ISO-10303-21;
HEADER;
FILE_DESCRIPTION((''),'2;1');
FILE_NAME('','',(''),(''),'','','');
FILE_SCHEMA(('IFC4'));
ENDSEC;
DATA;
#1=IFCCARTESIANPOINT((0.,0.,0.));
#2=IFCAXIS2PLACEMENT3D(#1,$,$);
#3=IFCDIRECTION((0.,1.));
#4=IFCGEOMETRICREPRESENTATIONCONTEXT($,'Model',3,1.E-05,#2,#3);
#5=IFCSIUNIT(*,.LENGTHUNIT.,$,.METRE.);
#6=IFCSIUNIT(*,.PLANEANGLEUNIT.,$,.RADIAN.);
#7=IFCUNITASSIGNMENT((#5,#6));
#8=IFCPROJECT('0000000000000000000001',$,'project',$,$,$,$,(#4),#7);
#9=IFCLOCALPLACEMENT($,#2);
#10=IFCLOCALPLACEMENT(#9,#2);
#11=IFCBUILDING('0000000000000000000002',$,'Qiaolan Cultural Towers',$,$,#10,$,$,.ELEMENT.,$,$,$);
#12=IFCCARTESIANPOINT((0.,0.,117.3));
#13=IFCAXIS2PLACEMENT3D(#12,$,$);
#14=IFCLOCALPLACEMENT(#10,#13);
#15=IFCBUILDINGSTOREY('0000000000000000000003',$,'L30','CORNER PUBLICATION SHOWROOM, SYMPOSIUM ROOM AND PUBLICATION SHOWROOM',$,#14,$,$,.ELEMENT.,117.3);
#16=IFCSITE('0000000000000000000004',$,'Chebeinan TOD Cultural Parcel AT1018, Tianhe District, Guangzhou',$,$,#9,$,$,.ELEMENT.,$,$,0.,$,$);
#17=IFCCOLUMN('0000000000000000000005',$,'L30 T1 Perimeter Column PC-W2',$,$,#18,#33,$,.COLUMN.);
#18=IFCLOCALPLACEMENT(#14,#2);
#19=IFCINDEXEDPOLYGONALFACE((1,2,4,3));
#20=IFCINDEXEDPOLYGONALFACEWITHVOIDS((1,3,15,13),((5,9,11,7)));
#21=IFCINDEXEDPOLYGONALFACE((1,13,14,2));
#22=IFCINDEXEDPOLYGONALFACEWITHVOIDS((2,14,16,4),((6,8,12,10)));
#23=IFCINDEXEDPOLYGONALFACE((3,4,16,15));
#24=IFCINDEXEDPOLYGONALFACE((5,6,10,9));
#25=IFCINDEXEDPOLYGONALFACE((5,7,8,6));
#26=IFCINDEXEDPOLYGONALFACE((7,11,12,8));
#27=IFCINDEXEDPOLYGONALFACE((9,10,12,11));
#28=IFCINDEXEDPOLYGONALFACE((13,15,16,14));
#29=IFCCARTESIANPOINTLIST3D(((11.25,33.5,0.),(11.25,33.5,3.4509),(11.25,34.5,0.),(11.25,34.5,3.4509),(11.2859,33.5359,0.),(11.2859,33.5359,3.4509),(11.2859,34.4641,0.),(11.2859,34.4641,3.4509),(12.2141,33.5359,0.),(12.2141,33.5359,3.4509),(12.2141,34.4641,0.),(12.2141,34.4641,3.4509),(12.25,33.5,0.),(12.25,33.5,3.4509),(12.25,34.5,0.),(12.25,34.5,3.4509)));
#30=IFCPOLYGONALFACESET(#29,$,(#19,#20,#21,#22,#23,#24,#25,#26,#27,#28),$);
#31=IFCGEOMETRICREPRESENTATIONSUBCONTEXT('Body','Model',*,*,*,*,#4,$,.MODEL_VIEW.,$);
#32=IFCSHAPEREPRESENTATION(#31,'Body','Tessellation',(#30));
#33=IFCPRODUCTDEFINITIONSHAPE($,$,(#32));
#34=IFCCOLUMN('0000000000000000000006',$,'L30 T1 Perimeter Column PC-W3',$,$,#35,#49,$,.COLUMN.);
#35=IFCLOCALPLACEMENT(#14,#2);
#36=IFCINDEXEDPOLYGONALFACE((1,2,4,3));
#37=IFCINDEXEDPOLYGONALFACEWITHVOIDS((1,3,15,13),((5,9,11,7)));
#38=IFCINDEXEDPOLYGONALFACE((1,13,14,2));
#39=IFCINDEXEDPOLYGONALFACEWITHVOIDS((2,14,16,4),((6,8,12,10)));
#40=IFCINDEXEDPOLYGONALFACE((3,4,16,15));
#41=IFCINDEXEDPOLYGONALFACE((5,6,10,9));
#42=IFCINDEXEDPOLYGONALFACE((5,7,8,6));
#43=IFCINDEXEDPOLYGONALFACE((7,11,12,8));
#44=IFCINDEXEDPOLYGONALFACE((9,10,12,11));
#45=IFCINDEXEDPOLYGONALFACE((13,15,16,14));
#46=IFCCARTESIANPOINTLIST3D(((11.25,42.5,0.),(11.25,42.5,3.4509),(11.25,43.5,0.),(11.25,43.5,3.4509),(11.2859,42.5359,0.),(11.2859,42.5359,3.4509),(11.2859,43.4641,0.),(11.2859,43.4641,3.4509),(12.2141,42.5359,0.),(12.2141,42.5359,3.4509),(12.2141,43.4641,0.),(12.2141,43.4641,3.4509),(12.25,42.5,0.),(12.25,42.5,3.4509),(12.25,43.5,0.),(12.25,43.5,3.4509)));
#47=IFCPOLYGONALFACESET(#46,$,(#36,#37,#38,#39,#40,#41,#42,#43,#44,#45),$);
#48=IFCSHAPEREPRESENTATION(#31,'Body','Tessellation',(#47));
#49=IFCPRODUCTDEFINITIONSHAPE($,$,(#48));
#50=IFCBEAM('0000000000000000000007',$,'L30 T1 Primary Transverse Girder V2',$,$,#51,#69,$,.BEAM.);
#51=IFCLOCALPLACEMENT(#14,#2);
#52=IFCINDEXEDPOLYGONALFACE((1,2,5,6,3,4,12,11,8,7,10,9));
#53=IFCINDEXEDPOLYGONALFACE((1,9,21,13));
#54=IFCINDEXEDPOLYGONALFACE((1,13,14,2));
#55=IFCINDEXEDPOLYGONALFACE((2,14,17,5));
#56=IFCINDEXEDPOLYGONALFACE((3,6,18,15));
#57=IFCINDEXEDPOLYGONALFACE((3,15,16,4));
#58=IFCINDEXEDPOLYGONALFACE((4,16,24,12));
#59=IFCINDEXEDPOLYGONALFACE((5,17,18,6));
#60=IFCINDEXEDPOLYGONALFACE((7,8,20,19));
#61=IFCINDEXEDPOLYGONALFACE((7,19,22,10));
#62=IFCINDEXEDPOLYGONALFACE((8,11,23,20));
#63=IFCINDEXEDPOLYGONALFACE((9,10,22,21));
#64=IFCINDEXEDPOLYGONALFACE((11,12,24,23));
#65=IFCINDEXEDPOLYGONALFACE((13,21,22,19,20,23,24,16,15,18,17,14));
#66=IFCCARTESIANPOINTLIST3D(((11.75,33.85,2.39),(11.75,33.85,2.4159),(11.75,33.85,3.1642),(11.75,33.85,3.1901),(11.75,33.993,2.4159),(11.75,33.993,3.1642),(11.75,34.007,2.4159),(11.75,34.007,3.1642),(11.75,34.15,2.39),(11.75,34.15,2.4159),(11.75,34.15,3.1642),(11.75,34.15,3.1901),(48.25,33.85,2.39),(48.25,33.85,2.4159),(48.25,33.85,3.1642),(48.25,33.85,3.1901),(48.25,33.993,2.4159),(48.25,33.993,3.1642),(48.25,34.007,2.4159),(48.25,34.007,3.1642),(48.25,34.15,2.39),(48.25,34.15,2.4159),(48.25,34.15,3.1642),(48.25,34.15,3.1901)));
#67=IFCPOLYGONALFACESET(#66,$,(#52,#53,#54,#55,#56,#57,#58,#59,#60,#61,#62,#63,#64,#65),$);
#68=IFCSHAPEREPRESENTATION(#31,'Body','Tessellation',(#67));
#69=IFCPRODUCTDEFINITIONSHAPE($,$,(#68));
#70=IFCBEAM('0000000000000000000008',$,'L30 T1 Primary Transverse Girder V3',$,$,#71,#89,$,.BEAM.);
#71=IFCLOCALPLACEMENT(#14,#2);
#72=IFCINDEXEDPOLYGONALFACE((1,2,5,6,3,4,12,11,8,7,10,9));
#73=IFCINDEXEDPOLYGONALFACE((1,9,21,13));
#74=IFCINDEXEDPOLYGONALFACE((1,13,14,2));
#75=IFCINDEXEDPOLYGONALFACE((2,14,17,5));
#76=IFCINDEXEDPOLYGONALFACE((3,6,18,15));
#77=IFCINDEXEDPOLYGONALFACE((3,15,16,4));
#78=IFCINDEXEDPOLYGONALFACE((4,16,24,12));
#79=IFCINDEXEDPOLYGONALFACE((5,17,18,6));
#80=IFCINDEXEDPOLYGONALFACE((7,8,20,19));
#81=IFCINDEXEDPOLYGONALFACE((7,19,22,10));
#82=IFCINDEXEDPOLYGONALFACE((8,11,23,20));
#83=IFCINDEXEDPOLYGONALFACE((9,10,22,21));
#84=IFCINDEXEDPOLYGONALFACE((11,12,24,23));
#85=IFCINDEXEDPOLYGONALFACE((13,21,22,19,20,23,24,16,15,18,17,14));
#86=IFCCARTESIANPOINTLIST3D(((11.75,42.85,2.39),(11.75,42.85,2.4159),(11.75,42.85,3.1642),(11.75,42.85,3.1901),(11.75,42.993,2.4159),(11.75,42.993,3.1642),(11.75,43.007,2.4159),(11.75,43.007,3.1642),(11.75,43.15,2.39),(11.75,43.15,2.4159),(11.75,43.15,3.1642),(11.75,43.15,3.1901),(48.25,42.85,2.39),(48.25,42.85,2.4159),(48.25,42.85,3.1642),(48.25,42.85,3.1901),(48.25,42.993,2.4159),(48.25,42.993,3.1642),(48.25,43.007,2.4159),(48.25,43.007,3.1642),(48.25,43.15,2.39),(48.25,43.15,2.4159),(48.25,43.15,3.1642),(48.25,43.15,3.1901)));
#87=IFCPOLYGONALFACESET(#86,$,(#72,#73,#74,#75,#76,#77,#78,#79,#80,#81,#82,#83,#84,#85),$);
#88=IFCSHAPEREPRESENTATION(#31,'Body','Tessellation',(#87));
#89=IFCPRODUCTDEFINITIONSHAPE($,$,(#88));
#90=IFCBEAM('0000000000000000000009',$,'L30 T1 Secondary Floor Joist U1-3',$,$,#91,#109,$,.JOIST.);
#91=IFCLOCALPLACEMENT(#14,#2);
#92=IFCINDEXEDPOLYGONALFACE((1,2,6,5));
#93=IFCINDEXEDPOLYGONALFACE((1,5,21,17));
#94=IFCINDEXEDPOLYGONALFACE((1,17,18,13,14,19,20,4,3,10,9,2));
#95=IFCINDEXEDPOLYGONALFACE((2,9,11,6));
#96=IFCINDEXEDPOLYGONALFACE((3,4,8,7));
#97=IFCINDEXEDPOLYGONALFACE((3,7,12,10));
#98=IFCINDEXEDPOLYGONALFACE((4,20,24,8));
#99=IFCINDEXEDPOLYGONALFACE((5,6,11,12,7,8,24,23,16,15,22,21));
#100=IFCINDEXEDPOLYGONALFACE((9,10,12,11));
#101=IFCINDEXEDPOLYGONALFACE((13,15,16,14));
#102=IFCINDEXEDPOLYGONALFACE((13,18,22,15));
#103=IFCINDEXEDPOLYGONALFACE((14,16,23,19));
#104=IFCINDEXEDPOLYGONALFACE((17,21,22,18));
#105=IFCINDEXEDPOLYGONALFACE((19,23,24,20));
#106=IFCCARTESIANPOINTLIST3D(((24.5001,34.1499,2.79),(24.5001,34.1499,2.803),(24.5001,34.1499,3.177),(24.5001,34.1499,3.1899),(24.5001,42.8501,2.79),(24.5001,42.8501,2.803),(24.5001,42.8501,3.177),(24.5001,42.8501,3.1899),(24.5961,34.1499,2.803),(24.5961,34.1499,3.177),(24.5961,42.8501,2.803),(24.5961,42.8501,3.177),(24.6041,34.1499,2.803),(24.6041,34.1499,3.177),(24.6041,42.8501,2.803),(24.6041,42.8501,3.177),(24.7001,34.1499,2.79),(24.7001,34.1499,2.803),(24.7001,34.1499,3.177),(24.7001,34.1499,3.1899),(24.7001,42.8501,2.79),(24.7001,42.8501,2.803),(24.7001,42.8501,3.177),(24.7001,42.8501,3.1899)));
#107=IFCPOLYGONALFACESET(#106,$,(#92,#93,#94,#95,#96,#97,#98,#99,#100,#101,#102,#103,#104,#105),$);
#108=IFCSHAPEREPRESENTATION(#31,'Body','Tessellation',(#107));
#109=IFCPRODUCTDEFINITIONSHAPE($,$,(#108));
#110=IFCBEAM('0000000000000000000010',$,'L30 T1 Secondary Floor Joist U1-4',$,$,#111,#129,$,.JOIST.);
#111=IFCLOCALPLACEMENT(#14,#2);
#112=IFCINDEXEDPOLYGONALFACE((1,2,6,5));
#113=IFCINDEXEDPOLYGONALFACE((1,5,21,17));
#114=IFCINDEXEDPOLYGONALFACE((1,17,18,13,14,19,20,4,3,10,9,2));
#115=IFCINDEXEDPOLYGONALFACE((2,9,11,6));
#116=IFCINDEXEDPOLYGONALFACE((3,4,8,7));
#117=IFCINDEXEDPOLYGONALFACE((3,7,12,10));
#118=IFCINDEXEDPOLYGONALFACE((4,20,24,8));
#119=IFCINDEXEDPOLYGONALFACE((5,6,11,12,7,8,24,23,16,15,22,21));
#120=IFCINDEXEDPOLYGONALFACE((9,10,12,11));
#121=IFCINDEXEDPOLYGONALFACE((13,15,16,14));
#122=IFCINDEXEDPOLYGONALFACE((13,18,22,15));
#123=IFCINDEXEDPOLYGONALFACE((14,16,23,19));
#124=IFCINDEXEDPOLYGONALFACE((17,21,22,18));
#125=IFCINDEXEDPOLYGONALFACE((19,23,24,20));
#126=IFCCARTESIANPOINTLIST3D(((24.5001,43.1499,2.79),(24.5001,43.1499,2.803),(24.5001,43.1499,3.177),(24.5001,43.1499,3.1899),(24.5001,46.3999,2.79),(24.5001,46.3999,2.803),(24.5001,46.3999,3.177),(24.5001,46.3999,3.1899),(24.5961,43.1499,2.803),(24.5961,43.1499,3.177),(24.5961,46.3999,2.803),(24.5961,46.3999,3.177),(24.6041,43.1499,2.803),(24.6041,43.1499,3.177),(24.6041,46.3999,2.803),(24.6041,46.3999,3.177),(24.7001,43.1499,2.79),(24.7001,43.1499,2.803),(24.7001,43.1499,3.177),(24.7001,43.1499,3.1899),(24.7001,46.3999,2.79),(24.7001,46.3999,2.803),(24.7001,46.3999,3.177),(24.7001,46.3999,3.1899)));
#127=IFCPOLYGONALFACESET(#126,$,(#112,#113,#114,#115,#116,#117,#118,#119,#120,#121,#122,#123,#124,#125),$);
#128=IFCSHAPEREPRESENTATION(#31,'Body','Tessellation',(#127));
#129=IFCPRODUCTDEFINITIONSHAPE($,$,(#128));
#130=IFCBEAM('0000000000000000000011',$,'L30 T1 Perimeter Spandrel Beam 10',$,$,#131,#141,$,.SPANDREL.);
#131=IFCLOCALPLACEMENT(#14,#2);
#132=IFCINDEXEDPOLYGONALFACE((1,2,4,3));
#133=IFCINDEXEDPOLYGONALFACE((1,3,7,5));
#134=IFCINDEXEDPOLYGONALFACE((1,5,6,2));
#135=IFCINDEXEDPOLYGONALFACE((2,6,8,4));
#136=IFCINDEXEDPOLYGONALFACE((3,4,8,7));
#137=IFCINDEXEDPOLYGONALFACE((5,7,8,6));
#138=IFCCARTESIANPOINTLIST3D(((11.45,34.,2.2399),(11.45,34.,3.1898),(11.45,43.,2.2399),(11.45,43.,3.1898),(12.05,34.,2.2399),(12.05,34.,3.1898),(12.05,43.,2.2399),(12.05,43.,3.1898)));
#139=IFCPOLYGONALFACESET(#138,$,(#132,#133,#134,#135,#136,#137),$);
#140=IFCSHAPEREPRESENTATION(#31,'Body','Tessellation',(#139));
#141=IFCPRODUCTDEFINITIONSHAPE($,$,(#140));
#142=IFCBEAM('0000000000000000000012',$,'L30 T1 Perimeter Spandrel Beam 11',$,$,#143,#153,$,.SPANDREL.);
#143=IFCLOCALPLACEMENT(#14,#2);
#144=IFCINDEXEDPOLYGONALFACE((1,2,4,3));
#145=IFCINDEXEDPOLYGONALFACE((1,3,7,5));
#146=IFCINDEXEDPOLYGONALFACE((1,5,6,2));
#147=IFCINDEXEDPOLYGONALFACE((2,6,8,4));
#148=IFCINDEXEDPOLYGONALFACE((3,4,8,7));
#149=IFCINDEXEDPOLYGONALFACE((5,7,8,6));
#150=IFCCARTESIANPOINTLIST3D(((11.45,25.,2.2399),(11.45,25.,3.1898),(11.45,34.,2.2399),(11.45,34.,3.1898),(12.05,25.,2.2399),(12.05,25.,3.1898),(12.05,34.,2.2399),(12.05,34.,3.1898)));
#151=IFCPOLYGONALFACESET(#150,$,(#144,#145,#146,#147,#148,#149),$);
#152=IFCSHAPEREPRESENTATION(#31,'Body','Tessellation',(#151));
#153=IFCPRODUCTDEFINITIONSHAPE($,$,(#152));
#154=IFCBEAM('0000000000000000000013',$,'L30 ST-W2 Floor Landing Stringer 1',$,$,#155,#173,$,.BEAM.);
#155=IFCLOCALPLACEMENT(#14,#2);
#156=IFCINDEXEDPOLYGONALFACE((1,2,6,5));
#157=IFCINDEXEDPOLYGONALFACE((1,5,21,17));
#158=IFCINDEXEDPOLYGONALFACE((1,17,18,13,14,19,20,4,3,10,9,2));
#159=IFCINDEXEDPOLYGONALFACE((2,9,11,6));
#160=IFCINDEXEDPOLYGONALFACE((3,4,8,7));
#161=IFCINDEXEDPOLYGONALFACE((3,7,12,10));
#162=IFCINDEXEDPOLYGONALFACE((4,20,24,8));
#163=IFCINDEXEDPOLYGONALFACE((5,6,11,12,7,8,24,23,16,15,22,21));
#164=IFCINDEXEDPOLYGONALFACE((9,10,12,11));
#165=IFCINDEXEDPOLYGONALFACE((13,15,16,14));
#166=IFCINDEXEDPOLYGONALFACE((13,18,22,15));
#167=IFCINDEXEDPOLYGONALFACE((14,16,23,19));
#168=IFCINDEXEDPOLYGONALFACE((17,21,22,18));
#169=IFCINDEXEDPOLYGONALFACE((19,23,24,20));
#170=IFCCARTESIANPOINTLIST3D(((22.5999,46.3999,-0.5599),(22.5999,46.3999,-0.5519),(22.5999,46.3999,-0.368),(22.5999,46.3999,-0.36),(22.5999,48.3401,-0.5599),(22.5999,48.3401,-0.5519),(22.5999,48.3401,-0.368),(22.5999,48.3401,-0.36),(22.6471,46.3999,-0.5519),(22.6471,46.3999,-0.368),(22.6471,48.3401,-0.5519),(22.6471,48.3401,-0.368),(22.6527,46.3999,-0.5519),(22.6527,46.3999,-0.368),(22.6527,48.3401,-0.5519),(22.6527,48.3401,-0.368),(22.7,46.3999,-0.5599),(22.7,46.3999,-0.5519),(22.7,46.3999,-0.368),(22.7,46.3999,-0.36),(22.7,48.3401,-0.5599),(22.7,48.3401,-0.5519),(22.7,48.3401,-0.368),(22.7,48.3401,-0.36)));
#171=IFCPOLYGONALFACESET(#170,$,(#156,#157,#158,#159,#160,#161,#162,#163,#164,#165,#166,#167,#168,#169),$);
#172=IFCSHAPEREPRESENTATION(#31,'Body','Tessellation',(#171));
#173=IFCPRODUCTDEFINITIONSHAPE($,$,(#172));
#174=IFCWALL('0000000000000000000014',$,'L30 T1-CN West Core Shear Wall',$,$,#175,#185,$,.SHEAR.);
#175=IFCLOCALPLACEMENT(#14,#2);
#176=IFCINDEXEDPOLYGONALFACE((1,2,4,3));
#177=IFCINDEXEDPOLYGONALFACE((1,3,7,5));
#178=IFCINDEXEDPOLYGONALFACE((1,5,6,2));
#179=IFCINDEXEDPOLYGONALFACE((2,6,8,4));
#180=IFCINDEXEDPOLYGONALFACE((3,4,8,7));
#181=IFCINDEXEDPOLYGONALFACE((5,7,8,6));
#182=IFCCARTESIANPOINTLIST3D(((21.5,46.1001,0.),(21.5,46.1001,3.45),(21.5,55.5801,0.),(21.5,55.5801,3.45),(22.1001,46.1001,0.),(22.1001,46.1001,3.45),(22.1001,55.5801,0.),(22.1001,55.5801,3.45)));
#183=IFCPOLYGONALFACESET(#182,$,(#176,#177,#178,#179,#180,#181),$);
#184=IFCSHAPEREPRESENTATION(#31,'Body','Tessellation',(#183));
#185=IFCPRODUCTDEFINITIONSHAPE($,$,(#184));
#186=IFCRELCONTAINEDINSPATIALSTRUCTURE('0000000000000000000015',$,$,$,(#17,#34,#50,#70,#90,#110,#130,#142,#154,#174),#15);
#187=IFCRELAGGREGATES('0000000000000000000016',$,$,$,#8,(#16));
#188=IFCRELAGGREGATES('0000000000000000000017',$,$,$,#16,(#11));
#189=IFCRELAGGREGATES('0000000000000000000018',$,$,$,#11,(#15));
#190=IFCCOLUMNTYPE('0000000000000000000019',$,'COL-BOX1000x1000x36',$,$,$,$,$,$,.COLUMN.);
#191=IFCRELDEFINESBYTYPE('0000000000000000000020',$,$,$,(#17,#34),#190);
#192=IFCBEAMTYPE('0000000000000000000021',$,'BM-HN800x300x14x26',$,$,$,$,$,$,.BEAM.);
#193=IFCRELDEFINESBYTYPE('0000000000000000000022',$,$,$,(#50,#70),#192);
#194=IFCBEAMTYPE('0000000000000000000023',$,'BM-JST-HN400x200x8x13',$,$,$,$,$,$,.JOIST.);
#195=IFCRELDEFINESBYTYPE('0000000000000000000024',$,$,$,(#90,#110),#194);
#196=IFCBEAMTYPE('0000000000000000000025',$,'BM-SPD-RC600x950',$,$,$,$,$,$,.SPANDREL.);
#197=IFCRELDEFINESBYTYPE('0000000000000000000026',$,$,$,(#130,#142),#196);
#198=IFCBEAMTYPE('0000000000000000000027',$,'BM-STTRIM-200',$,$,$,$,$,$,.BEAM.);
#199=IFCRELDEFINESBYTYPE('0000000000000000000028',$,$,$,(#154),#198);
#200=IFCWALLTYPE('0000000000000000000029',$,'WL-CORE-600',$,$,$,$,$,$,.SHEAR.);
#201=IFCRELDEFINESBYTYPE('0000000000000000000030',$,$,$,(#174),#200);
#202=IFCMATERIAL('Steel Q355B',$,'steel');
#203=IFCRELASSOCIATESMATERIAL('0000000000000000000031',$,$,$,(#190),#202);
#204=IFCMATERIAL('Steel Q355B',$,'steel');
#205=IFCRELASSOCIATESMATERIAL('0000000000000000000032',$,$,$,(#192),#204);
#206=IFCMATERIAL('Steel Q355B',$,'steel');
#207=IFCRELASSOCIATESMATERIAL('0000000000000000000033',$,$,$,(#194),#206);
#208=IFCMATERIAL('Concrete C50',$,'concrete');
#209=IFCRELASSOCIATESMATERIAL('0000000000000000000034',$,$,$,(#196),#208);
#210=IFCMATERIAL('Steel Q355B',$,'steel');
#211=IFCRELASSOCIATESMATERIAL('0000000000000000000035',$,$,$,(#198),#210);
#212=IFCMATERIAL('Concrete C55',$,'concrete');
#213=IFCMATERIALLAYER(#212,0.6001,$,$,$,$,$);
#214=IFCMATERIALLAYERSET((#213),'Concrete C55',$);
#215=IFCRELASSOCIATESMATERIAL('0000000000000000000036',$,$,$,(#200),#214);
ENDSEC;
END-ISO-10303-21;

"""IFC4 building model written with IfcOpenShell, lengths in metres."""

from ifc_helpers import new_model, si_unit, direction, frame, frame_2d, origin, origin_2d, place, context, subcontext, project, spatial, rectangle, hollow_rectangle, i_section, extrude, material, layer, layer_set, material_profile, profile_set, type_object, element, save


model = new_model("IFC4")

# Units and contexts
model_context = context("Model", 3, precision=1e-05, world=origin(), true_north=direction((0.0, 1.0)))
body_context = subcontext(model_context, "Body", "Model", "MODEL_VIEW")
ifc_project = project(units=[si_unit("LENGTHUNIT", "METRE"), si_unit("PLANEANGLEUNIT", "RADIAN")], contexts=[model_context])

# Site, building, storey
site_placement = place(None, origin())
site = spatial("IfcSite", under=ifc_project, at=site_placement, Name="Chebeinan TOD Cultural Parcel AT1018, Tianhe District, Guangzhou", CompositionType="ELEMENT", RefElevation=0.0)
building_placement = place(site_placement, origin())
building = spatial("IfcBuilding", under=site, at=building_placement, Name="Qiaolan Cultural Towers", CompositionType="ELEMENT")
storey_placement = place(building_placement, frame((0.0, 0.0, 117.3)))
storey = spatial("IfcBuildingStorey", under=building, at=storey_placement, Name="L30", Description="CORNER PUBLICATION SHOWROOM, SYMPOSIUM ROOM AND PUBLICATION SHOWROOM", CompositionType="ELEMENT", Elevation=117.3)

# Columns
ifc_material_1 = material(Name="Steel Q355B", Category="steel")
ifc_material_profile_1 = material_profile(ifc_material_1, hollow_rectangle(XDim=1.0, YDim=1.0, WallThickness=0.0359, at=origin_2d()), Name="BOX1000x1000x36")
ifc_profile_set_1 = profile_set([ifc_material_profile_1], Name="Steel Q355B")
column_type = type_object("IfcColumnType", Name="COL-BOX1000x1000x36", PredefinedType="COLUMN", material=ifc_profile_set_1)
for number, where, z_axis, x_axis, name in (
    (1, (11.75, 34.0, 0.0), (0.0, 0.0, 1.0), (1.0, 0.0, 0.0), "L30 T1 Perimeter Column PC-W2"),
    (2, (11.75, 43.0, 0.0), (0.0, 0.0, 1.0), (1.0, 0.0, 0.0), "L30 T1 Perimeter Column PC-W3"),
):
    element("IfcColumn", number, at=place(storey_placement, frame(where, z_axis=z_axis, x_axis=x_axis)), inside=storey, type_object=column_type, Name=name, PredefinedType="COLUMN", context=body_context, shape_type="SweptSolid", body=[
        extrude(hollow_rectangle(XDim=1.0, YDim=1.0, WallThickness=0.0359, at=origin_2d()), origin(), (0.0, 0.0, 1.0), 3.4509),
    ])

# Beams
ifc_material_2 = material(Name="Steel Q355B", Category="steel")
ifc_material_profile_2 = material_profile(ifc_material_2, i_section(OverallWidth=0.3, OverallDepth=0.8, WebThickness=0.0139, FlangeThickness=0.0259, at=origin_2d()), Name="HN800x300x14x26")
ifc_profile_set_2 = profile_set([ifc_material_profile_2], Name="Steel Q355B")
beam_type_1 = type_object("IfcBeamType", Name="BM-HN800x300x14x26", PredefinedType="BEAM", material=ifc_profile_set_2)
for number, where, z_axis, x_axis, name in (
    (3, (11.75, 34.0, 2.79), (1.0, 0.0, 0.0), (0.0, 1.0, 0.0), "L30 T1 Primary Transverse Girder V2"),
    (4, (11.75, 43.0, 2.79), (1.0, 0.0, 0.0), (0.0, 1.0, 0.0), "L30 T1 Primary Transverse Girder V3"),
):
    element("IfcBeam", number, at=place(storey_placement, frame(where, z_axis=z_axis, x_axis=x_axis)), inside=storey, type_object=beam_type_1, Name=name, PredefinedType="BEAM", context=body_context, shape_type="SweptSolid", body=[
        extrude(i_section(OverallWidth=0.3, OverallDepth=0.8, WebThickness=0.0139, FlangeThickness=0.0259, at=origin_2d()), origin(), (0.0, 0.0, 1.0), 36.5),
    ])
ifc_material_3 = material(Name="Steel Q355B", Category="steel")
ifc_material_profile_3 = material_profile(ifc_material_3, i_section(OverallWidth=0.2, OverallDepth=0.3999, WebThickness=0.0081, FlangeThickness=0.0129, at=origin_2d()), Name="HN400x200x8x13")
ifc_profile_set_3 = profile_set([ifc_material_profile_3], Name="Steel Q355B")
beam_type_2 = type_object("IfcBeamType", Name="BM-JST-HN400x200x8x13", PredefinedType="JOIST", material=ifc_profile_set_3)
beam_1_placement = place(storey_placement, frame((24.6001, 34.1499, 2.99), z_axis=(0.0, 1.0, 0.0), x_axis=(-1.0, 0.0, 0.0)))
element("IfcBeam", 5, at=beam_1_placement, inside=storey, type_object=beam_type_2, Name="L30 T1 Secondary Floor Joist U1-3", PredefinedType="JOIST", context=body_context, shape_type="SweptSolid", body=[
    extrude(i_section(OverallWidth=0.2, OverallDepth=0.3999, WebThickness=0.0081, FlangeThickness=0.0129, at=origin_2d()), origin(), (0.0, 0.0, 1.0), 8.7002),
])
beam_2_placement = place(storey_placement, frame((24.6001, 43.1499, 2.99), z_axis=(0.0, 1.0, 0.0), x_axis=(-1.0, 0.0, 0.0)))
element("IfcBeam", 6, at=beam_2_placement, inside=storey, type_object=beam_type_2, Name="L30 T1 Secondary Floor Joist U1-4", PredefinedType="JOIST", context=body_context, shape_type="SweptSolid", body=[
    extrude(i_section(OverallWidth=0.2, OverallDepth=0.3999, WebThickness=0.0081, FlangeThickness=0.0129, at=origin_2d()), origin(), (0.0, 0.0, 1.0), 3.25),
])
ifc_material_4 = material(Name="Concrete C50", Category="concrete")
ifc_material_profile_4 = material_profile(ifc_material_4, rectangle(XDim=0.6001, YDim=0.95, at=origin_2d()), Name="RC600x950")
ifc_profile_set_4 = profile_set([ifc_material_profile_4], Name="Concrete C50")
beam_type_3 = type_object("IfcBeamType", Name="BM-SPD-RC600x950", PredefinedType="SPANDREL", material=ifc_profile_set_4)
for number, where, z_axis, x_axis, name in (
    (7, (11.75, 43.0, 2.7148), (0.0, -1.0, 0.0), (1.0, 0.0, 0.0), "L30 T1 Perimeter Spandrel Beam 10"),
    (8, (11.75, 34.0, 2.7148), (0.0, -1.0, 0.0), (1.0, 0.0, 0.0), "L30 T1 Perimeter Spandrel Beam 11"),
):
    element("IfcBeam", number, at=place(storey_placement, frame(where, z_axis=z_axis, x_axis=x_axis)), inside=storey, type_object=beam_type_3, Name=name, PredefinedType="SPANDREL", context=body_context, shape_type="SweptSolid", body=[
        extrude(rectangle(XDim=0.6001, YDim=0.95, at=origin_2d()), origin(), (0.0, 0.0, 1.0), 9.0),
    ])
ifc_material_5 = material(Name="Steel Q355B", Category="steel")
ifc_material_profile_5 = material_profile(ifc_material_5, i_section(OverallWidth=0.1001, OverallDepth=0.2, WebThickness=0.0056, FlangeThickness=0.0081, at=origin_2d()), Name="HN200x100x5.5x8")
ifc_profile_set_5 = profile_set([ifc_material_profile_5], Name="Steel Q355B")
beam_type_4 = type_object("IfcBeamType", Name="BM-STTRIM-200", PredefinedType="BEAM", material=ifc_profile_set_5)
beam_3_placement = place(storey_placement, frame((22.6499, 46.3999, -0.46), z_axis=(0.0, 1.0, 0.0), x_axis=(-1.0, 0.0, 0.0)))
element("IfcBeam", 9, at=beam_3_placement, inside=storey, type_object=beam_type_4, Name="L30 ST-W2 Floor Landing Stringer 1", PredefinedType="BEAM", context=body_context, shape_type="SweptSolid", body=[
    extrude(i_section(OverallWidth=0.1001, OverallDepth=0.2, WebThickness=0.0056, FlangeThickness=0.0081, at=origin_2d()), origin(), (0.0, 0.0, 1.0), 1.9402),
])

# Wall
ifc_material_6 = material(Name="Concrete C55", Category="concrete")
ifc_layer_1 = layer(ifc_material_6, 0.6001)
ifc_layer_set_1 = layer_set([ifc_layer_1], Name="Concrete C55")
wall_type_1 = type_object("IfcWallType", Name="WL-CORE-600", PredefinedType="SHEAR", material=ifc_layer_set_1)
wall_1_placement = place(storey_placement, frame((21.8, 46.1001, 0.0), z_axis=(0.0, 0.0, 1.0), x_axis=(0.0, 1.0, 0.0)))
element("IfcWall", 10, at=wall_1_placement, inside=storey, type_object=wall_type_1, Name="L30 T1-CN West Core Shear Wall", PredefinedType="SHEAR", context=body_context, shape_type="SweptSolid", body=[
    extrude(rectangle(XDim=9.48, YDim=0.6001, at=frame_2d((4.74, 0.0))), origin(), (0.0, 0.0, 1.0), 3.45),
])

save(model, "model.ifc")
